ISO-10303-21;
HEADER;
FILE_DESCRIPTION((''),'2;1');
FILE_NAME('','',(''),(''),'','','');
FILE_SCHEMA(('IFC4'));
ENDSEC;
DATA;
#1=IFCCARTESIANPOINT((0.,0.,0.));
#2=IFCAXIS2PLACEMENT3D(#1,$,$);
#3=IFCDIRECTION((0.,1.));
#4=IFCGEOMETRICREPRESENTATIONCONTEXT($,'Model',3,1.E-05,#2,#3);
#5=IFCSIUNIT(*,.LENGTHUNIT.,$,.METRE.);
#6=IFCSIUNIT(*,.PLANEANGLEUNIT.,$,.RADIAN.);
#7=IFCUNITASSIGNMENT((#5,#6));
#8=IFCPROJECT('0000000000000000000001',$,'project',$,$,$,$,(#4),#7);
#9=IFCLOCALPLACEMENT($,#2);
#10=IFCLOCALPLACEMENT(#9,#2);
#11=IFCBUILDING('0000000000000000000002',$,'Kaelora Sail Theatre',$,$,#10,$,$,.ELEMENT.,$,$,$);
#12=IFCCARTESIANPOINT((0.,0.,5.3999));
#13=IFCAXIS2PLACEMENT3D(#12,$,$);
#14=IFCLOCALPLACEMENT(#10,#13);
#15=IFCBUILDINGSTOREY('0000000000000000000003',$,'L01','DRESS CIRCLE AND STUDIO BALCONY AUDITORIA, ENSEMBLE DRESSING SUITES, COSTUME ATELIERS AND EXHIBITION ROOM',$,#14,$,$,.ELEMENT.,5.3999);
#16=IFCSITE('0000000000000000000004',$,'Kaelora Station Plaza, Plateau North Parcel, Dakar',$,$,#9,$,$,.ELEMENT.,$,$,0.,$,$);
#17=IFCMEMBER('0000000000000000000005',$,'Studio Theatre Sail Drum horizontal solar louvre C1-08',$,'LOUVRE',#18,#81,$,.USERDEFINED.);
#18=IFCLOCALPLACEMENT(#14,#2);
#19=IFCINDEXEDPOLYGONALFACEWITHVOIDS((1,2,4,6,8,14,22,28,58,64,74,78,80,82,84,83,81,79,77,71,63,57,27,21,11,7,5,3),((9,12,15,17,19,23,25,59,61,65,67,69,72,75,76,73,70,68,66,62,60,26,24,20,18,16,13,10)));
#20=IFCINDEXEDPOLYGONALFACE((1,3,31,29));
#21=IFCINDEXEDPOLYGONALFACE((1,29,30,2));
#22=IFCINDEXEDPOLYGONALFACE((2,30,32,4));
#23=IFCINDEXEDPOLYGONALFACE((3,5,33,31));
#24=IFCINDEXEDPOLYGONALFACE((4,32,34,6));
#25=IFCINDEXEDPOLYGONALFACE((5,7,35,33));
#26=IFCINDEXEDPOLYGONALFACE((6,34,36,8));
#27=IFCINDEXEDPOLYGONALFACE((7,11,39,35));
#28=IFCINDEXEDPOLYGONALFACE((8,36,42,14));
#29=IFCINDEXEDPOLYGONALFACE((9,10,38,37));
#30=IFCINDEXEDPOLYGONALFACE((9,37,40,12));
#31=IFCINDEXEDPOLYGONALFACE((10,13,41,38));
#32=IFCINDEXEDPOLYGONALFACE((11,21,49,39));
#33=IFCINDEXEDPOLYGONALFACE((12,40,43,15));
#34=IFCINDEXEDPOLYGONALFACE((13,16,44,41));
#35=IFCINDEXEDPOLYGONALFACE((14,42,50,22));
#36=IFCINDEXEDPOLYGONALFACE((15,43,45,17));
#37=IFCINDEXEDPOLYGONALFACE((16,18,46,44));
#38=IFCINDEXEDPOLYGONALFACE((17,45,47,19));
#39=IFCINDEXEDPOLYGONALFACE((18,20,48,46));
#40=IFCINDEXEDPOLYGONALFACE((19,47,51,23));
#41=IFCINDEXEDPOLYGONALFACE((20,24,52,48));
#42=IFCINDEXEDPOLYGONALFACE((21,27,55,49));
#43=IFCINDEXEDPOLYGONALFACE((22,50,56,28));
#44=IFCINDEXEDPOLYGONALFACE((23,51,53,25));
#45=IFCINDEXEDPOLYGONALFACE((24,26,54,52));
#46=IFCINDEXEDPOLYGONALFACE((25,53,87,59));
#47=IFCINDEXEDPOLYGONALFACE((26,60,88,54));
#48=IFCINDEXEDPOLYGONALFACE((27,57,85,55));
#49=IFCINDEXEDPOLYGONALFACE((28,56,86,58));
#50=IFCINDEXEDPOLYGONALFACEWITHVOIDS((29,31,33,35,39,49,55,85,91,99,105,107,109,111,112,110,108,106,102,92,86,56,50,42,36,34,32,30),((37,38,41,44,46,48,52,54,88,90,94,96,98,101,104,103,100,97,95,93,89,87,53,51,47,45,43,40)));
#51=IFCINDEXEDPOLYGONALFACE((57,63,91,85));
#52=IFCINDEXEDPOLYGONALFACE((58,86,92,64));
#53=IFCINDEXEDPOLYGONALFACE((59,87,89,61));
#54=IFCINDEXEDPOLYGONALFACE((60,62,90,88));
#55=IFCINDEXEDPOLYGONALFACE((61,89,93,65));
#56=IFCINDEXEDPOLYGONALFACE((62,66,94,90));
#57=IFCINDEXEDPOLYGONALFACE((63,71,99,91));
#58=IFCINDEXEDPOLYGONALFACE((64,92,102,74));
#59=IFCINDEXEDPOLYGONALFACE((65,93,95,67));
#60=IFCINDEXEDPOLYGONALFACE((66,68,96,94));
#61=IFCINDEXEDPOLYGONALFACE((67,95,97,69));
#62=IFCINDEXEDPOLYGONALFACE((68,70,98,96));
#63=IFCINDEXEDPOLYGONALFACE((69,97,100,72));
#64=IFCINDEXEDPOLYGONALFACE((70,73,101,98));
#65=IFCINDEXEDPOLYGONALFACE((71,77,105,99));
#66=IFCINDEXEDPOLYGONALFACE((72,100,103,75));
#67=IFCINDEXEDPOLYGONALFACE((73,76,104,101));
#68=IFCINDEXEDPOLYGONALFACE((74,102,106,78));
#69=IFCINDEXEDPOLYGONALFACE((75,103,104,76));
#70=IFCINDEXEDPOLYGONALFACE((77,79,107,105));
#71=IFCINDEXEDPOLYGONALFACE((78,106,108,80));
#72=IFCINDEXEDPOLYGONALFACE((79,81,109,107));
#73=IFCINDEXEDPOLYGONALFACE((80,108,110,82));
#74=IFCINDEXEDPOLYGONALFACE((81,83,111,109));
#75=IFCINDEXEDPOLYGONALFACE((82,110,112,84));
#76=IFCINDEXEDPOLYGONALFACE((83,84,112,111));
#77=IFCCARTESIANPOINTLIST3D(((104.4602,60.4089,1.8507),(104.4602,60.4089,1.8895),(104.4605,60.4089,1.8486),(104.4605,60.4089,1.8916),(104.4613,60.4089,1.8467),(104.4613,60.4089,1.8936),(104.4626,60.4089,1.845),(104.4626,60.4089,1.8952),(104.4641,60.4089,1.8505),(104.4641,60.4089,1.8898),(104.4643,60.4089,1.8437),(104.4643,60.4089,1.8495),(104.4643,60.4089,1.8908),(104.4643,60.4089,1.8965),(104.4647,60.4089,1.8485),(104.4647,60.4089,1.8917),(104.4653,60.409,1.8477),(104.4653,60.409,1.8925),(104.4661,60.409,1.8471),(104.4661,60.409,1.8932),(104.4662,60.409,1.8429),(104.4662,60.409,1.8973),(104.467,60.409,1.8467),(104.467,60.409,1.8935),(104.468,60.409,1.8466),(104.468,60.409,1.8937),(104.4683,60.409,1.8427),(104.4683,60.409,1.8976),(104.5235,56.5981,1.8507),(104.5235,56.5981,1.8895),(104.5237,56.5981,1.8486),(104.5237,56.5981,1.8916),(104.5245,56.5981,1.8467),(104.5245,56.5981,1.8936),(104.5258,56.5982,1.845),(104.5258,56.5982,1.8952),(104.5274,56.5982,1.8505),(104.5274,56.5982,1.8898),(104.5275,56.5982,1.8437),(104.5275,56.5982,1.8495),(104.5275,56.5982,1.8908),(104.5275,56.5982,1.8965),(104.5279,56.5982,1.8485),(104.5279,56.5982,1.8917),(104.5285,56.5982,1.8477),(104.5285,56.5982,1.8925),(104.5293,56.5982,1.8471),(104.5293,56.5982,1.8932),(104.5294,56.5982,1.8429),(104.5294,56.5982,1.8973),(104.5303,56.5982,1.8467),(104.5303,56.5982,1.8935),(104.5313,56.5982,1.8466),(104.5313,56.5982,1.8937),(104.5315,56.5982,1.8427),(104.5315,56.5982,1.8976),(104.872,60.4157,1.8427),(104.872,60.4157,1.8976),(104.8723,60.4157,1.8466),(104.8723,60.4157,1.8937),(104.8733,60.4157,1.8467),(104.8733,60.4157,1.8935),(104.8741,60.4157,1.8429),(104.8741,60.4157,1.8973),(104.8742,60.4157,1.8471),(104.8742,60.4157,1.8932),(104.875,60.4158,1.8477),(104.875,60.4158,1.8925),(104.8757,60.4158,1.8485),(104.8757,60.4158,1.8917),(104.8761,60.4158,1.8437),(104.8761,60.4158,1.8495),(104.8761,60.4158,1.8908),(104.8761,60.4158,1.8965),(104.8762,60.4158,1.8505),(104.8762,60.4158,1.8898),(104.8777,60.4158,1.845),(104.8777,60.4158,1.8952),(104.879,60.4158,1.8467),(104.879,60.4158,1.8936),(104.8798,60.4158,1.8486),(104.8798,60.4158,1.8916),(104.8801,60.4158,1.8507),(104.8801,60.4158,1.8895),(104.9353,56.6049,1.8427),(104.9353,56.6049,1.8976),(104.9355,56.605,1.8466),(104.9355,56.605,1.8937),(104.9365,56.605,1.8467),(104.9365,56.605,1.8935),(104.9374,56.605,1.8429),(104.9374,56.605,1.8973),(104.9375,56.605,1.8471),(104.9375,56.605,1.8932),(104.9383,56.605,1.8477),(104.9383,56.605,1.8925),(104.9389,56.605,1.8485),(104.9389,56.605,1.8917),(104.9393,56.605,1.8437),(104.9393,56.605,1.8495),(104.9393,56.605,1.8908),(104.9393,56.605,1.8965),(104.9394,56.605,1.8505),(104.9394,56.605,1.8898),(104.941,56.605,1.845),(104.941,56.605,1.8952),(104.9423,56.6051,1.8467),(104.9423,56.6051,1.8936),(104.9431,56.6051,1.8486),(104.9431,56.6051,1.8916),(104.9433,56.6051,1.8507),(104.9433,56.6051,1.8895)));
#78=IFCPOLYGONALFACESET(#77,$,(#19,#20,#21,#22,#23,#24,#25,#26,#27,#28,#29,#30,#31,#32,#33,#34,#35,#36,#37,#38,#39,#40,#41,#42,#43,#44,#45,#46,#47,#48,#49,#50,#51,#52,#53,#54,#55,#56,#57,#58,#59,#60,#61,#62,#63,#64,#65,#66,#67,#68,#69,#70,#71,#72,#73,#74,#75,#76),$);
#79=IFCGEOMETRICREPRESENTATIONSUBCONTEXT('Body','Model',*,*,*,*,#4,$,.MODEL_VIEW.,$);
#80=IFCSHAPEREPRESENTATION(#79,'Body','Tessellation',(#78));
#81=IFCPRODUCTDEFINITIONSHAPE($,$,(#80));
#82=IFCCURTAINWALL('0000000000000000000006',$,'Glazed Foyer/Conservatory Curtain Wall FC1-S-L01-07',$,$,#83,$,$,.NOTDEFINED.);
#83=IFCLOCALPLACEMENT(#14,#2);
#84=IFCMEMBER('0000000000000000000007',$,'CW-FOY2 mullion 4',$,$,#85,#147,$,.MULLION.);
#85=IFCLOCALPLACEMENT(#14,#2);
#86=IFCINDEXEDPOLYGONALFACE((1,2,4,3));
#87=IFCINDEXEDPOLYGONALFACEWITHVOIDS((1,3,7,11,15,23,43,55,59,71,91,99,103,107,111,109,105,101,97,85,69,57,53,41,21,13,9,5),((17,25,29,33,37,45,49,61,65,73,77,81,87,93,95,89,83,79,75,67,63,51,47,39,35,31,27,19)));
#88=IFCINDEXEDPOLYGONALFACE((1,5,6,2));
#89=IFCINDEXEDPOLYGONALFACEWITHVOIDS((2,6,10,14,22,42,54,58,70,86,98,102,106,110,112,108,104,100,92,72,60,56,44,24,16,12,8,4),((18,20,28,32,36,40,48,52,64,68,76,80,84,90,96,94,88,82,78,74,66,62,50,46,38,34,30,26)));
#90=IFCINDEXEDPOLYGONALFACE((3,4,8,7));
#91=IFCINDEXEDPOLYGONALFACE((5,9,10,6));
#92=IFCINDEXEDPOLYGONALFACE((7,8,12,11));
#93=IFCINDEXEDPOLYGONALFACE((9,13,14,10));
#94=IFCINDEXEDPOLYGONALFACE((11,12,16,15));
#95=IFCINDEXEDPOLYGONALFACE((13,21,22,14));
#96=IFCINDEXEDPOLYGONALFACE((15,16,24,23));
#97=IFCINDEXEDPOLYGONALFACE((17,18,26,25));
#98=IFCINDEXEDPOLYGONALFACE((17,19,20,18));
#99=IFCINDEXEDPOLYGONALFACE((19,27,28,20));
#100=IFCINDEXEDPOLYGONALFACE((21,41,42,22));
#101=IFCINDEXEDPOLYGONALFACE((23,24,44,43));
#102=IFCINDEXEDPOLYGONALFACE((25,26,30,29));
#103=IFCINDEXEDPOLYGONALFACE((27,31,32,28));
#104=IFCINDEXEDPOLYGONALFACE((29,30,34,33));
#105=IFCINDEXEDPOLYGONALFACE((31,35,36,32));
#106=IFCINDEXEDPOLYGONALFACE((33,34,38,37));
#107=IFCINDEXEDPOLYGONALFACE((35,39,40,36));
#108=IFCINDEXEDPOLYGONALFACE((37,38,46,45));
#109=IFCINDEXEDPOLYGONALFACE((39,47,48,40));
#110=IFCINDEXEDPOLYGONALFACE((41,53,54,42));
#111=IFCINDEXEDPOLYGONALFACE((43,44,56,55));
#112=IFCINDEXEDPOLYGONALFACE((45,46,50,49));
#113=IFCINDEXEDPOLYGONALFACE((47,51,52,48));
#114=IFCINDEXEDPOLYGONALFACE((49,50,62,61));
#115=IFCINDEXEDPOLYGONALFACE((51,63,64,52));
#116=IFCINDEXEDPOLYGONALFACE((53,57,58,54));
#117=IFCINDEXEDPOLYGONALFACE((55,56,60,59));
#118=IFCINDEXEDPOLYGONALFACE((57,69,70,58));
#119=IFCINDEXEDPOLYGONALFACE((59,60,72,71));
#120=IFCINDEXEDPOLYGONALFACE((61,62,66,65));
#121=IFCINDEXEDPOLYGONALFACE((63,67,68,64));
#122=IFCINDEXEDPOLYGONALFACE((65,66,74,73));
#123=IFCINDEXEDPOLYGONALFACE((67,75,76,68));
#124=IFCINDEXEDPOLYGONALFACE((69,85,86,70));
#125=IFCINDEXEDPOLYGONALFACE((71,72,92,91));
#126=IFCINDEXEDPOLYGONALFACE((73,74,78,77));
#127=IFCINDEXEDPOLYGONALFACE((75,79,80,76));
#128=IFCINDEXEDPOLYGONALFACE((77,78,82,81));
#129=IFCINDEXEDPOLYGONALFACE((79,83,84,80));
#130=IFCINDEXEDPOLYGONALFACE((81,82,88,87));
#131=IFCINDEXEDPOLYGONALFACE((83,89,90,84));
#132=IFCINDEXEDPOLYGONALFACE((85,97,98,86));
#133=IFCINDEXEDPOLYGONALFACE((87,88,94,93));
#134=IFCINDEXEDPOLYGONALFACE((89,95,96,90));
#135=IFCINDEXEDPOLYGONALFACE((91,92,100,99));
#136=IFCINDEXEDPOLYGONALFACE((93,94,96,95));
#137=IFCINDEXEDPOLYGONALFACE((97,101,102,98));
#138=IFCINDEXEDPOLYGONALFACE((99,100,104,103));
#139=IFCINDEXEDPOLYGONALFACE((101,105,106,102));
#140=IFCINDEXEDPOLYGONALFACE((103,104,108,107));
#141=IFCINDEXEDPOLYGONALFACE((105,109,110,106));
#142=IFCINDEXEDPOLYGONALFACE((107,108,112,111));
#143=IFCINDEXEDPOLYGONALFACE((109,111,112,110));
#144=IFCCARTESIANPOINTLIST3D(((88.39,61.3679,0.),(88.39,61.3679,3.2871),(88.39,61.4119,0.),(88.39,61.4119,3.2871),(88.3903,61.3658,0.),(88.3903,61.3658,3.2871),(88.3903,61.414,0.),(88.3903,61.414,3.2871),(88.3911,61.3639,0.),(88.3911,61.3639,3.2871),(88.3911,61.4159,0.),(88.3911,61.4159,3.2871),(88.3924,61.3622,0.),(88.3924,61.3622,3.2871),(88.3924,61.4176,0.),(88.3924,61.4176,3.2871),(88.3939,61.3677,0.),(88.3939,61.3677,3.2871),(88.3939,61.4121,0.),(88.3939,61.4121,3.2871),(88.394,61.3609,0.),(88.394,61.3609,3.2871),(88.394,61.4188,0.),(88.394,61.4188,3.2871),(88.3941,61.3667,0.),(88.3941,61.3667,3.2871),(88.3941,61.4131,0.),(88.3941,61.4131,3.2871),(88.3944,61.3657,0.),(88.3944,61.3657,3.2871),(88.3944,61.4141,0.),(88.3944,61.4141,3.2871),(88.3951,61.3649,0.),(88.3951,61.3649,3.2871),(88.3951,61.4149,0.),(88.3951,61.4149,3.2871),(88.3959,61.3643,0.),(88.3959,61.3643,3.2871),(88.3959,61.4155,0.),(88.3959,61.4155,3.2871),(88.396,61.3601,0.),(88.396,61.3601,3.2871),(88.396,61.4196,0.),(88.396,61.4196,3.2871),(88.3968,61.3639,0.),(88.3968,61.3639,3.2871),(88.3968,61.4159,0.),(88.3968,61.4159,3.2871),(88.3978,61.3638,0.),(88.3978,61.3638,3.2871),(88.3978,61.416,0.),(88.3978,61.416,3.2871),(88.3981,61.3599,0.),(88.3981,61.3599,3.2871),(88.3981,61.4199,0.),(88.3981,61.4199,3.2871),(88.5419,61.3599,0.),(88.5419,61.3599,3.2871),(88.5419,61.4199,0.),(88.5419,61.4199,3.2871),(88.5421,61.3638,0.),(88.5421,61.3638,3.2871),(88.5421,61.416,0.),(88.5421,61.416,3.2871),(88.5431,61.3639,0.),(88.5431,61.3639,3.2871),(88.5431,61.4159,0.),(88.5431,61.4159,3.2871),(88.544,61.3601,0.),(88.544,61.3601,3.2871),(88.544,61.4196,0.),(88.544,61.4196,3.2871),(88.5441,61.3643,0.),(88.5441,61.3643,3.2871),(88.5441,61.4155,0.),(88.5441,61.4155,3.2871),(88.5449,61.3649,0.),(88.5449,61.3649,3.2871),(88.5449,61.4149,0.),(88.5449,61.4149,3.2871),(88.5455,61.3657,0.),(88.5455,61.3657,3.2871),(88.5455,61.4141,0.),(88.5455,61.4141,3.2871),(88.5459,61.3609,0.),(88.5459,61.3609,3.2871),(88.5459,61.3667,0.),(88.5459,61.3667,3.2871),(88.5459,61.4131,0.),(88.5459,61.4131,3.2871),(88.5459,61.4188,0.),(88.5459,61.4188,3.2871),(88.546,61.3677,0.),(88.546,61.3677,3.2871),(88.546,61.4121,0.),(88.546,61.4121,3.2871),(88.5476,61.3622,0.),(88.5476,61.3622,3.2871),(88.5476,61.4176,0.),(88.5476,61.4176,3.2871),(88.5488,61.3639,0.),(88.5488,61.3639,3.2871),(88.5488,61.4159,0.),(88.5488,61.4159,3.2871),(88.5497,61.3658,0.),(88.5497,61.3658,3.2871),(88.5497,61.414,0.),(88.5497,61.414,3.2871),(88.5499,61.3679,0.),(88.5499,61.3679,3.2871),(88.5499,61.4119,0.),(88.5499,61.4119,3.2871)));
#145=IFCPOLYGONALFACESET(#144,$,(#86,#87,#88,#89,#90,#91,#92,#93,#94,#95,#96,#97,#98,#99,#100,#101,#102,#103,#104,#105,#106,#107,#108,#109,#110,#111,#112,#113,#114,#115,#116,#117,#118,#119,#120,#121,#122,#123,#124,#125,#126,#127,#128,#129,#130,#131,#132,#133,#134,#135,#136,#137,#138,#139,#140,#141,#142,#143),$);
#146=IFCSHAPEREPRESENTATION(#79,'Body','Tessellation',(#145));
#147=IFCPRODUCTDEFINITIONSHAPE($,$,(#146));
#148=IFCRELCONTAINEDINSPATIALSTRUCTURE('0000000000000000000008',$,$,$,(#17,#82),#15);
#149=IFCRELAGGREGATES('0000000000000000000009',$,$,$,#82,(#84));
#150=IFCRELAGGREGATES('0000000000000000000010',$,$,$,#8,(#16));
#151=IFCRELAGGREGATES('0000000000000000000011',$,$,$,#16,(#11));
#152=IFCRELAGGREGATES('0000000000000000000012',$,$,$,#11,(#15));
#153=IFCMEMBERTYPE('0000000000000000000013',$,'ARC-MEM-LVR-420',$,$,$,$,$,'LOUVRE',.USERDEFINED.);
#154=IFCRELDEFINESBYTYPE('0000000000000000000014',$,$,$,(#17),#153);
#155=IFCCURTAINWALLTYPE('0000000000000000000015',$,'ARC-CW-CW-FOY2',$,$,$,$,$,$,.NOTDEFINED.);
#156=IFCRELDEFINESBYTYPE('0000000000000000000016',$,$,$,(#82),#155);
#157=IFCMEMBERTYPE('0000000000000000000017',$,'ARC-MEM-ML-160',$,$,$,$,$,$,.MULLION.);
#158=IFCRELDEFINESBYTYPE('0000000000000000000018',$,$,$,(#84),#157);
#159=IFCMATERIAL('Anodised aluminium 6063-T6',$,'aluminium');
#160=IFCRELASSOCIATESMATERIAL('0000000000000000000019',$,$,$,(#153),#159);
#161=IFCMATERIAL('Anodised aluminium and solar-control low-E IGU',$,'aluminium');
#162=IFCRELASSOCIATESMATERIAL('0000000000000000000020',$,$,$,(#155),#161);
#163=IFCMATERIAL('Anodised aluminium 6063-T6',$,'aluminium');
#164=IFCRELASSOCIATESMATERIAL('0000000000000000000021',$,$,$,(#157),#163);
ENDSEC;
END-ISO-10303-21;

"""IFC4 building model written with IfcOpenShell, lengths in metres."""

from ifc_helpers import new_model, si_unit, direction, frame, origin, origin_2d, place, context, subcontext, project, spatial, hollow_rectangle, extrude, material, material_profile, profile_set, type_object, element, aggregate, save


model = new_model("IFC4")

# Units and contexts
model_context = context("Model", 3, precision=1e-05, world=origin(), true_north=direction((0.0, 1.0)))
body_context = subcontext(model_context, "Body", "Model", "MODEL_VIEW")
ifc_project = project(units=[si_unit("LENGTHUNIT", "METRE"), si_unit("PLANEANGLEUNIT", "RADIAN")], contexts=[model_context])

# Site, building, storey
site_placement = place(None, origin())
site = spatial("IfcSite", under=ifc_project, at=site_placement, Name="Kaelora Station Plaza, Plateau North Parcel, Dakar", CompositionType="ELEMENT", RefElevation=0.0)
building_placement = place(site_placement, origin())
building = spatial("IfcBuilding", under=site, at=building_placement, Name="Kaelora Sail Theatre", CompositionType="ELEMENT")
storey_placement = place(building_placement, frame((0.0, 0.0, 5.3999)))
storey = spatial("IfcBuildingStorey", under=building, at=storey_placement, Name="L01", Description="DRESS CIRCLE AND STUDIO BALCONY AUDITORIA, ENSEMBLE DRESSING SUITES, COSTUME ATELIERS AND EXHIBITION ROOM", CompositionType="ELEMENT", Elevation=5.3999)

# Member
ifc_material_1 = material(Name="Anodised aluminium 6063-T6", Category="aluminium")
ifc_material_profile_1 = material_profile(ifc_material_1, hollow_rectangle(XDim=0.4199, YDim=0.0549, WallThickness=0.0039, InnerFilletRadius=0.0039, OuterFilletRadius=0.0081, at=origin_2d()), Name="LOUVRE 420x55x4")
ifc_profile_set_1 = profile_set([ifc_material_profile_1], Name="Anodised aluminium 6063-T6")
member_type_1 = type_object("IfcMemberType", Name="ARC-MEM-LVR-420", ElementType="LOUVRE", PredefinedType="USERDEFINED", material=ifc_profile_set_1)
for number, where, z_axis, x_axis, name in (
    (1, (104.6702, 60.4124, 1.8701), (0.016591, -0.999862, 0.0), (0.999862, 0.016591, 0.0), "Studio Theatre Sail Drum horizontal solar louvre C1-08"),
):
    element("IfcMember", number, at=place(storey_placement, frame(where, z_axis=z_axis, x_axis=x_axis)), inside=storey, type_object=member_type_1, Name=name, ObjectType="LOUVRE", PredefinedType="USERDEFINED", context=body_context, shape_type="SweptSolid", body=[
        extrude(hollow_rectangle(XDim=0.4199, YDim=0.0549, WallThickness=0.0039, InnerFilletRadius=0.0039, OuterFilletRadius=0.0081, at=origin_2d()), origin(), (0.0, 0.0, 1.0), 3.8113),
    ])

# Curtain wall, member
ifc_material_2 = material(Name="Anodised aluminium and solar-control low-E IGU", Category="aluminium")
curtain_wall_type = type_object("IfcCurtainWallType", Name="ARC-CW-CW-FOY2", PredefinedType="NOTDEFINED", material=ifc_material_2)
curtain_wall_1_placement = place(storey_placement, origin())
curtain_wall_1 = element("IfcCurtainWall", 2, at=curtain_wall_1_placement, inside=storey, type_object=curtain_wall_type, Name="Glazed Foyer/Conservatory Curtain Wall FC1-S-L01-07", PredefinedType="NOTDEFINED")
ifc_material_3 = material(Name="Anodised aluminium 6063-T6", Category="aluminium")
ifc_material_profile_2 = material_profile(ifc_material_3, hollow_rectangle(XDim=0.0601, YDim=0.1599, WallThickness=0.0039, InnerFilletRadius=0.0039, OuterFilletRadius=0.0081, at=origin_2d()), Name="ALU-MULL 60x160x4")
ifc_profile_set_2 = profile_set([ifc_material_profile_2], Name="Anodised aluminium 6063-T6")
member_type_2 = type_object("IfcMemberType", Name="ARC-MEM-ML-160", PredefinedType="MULLION", material=ifc_profile_set_2)
member_1_placement = place(storey_placement, frame((88.47, 61.3899, 0.0), z_axis=(0.0, 0.0, 1.0), x_axis=(0.0, 1.0, 0.0)))
member_1 = element("IfcMember", 3, at=member_1_placement, type_object=member_type_2, Name="CW-FOY2 mullion 4", PredefinedType="MULLION", context=body_context, shape_type="SweptSolid", body=[
    extrude(hollow_rectangle(XDim=0.0601, YDim=0.1599, WallThickness=0.0039, InnerFilletRadius=0.0039, OuterFilletRadius=0.0081, at=origin_2d()), origin(), (0.0, 0.0, 1.0), 3.2871),
])

aggregate(curtain_wall_1, [member_1])

save(model, "model.ifc")
